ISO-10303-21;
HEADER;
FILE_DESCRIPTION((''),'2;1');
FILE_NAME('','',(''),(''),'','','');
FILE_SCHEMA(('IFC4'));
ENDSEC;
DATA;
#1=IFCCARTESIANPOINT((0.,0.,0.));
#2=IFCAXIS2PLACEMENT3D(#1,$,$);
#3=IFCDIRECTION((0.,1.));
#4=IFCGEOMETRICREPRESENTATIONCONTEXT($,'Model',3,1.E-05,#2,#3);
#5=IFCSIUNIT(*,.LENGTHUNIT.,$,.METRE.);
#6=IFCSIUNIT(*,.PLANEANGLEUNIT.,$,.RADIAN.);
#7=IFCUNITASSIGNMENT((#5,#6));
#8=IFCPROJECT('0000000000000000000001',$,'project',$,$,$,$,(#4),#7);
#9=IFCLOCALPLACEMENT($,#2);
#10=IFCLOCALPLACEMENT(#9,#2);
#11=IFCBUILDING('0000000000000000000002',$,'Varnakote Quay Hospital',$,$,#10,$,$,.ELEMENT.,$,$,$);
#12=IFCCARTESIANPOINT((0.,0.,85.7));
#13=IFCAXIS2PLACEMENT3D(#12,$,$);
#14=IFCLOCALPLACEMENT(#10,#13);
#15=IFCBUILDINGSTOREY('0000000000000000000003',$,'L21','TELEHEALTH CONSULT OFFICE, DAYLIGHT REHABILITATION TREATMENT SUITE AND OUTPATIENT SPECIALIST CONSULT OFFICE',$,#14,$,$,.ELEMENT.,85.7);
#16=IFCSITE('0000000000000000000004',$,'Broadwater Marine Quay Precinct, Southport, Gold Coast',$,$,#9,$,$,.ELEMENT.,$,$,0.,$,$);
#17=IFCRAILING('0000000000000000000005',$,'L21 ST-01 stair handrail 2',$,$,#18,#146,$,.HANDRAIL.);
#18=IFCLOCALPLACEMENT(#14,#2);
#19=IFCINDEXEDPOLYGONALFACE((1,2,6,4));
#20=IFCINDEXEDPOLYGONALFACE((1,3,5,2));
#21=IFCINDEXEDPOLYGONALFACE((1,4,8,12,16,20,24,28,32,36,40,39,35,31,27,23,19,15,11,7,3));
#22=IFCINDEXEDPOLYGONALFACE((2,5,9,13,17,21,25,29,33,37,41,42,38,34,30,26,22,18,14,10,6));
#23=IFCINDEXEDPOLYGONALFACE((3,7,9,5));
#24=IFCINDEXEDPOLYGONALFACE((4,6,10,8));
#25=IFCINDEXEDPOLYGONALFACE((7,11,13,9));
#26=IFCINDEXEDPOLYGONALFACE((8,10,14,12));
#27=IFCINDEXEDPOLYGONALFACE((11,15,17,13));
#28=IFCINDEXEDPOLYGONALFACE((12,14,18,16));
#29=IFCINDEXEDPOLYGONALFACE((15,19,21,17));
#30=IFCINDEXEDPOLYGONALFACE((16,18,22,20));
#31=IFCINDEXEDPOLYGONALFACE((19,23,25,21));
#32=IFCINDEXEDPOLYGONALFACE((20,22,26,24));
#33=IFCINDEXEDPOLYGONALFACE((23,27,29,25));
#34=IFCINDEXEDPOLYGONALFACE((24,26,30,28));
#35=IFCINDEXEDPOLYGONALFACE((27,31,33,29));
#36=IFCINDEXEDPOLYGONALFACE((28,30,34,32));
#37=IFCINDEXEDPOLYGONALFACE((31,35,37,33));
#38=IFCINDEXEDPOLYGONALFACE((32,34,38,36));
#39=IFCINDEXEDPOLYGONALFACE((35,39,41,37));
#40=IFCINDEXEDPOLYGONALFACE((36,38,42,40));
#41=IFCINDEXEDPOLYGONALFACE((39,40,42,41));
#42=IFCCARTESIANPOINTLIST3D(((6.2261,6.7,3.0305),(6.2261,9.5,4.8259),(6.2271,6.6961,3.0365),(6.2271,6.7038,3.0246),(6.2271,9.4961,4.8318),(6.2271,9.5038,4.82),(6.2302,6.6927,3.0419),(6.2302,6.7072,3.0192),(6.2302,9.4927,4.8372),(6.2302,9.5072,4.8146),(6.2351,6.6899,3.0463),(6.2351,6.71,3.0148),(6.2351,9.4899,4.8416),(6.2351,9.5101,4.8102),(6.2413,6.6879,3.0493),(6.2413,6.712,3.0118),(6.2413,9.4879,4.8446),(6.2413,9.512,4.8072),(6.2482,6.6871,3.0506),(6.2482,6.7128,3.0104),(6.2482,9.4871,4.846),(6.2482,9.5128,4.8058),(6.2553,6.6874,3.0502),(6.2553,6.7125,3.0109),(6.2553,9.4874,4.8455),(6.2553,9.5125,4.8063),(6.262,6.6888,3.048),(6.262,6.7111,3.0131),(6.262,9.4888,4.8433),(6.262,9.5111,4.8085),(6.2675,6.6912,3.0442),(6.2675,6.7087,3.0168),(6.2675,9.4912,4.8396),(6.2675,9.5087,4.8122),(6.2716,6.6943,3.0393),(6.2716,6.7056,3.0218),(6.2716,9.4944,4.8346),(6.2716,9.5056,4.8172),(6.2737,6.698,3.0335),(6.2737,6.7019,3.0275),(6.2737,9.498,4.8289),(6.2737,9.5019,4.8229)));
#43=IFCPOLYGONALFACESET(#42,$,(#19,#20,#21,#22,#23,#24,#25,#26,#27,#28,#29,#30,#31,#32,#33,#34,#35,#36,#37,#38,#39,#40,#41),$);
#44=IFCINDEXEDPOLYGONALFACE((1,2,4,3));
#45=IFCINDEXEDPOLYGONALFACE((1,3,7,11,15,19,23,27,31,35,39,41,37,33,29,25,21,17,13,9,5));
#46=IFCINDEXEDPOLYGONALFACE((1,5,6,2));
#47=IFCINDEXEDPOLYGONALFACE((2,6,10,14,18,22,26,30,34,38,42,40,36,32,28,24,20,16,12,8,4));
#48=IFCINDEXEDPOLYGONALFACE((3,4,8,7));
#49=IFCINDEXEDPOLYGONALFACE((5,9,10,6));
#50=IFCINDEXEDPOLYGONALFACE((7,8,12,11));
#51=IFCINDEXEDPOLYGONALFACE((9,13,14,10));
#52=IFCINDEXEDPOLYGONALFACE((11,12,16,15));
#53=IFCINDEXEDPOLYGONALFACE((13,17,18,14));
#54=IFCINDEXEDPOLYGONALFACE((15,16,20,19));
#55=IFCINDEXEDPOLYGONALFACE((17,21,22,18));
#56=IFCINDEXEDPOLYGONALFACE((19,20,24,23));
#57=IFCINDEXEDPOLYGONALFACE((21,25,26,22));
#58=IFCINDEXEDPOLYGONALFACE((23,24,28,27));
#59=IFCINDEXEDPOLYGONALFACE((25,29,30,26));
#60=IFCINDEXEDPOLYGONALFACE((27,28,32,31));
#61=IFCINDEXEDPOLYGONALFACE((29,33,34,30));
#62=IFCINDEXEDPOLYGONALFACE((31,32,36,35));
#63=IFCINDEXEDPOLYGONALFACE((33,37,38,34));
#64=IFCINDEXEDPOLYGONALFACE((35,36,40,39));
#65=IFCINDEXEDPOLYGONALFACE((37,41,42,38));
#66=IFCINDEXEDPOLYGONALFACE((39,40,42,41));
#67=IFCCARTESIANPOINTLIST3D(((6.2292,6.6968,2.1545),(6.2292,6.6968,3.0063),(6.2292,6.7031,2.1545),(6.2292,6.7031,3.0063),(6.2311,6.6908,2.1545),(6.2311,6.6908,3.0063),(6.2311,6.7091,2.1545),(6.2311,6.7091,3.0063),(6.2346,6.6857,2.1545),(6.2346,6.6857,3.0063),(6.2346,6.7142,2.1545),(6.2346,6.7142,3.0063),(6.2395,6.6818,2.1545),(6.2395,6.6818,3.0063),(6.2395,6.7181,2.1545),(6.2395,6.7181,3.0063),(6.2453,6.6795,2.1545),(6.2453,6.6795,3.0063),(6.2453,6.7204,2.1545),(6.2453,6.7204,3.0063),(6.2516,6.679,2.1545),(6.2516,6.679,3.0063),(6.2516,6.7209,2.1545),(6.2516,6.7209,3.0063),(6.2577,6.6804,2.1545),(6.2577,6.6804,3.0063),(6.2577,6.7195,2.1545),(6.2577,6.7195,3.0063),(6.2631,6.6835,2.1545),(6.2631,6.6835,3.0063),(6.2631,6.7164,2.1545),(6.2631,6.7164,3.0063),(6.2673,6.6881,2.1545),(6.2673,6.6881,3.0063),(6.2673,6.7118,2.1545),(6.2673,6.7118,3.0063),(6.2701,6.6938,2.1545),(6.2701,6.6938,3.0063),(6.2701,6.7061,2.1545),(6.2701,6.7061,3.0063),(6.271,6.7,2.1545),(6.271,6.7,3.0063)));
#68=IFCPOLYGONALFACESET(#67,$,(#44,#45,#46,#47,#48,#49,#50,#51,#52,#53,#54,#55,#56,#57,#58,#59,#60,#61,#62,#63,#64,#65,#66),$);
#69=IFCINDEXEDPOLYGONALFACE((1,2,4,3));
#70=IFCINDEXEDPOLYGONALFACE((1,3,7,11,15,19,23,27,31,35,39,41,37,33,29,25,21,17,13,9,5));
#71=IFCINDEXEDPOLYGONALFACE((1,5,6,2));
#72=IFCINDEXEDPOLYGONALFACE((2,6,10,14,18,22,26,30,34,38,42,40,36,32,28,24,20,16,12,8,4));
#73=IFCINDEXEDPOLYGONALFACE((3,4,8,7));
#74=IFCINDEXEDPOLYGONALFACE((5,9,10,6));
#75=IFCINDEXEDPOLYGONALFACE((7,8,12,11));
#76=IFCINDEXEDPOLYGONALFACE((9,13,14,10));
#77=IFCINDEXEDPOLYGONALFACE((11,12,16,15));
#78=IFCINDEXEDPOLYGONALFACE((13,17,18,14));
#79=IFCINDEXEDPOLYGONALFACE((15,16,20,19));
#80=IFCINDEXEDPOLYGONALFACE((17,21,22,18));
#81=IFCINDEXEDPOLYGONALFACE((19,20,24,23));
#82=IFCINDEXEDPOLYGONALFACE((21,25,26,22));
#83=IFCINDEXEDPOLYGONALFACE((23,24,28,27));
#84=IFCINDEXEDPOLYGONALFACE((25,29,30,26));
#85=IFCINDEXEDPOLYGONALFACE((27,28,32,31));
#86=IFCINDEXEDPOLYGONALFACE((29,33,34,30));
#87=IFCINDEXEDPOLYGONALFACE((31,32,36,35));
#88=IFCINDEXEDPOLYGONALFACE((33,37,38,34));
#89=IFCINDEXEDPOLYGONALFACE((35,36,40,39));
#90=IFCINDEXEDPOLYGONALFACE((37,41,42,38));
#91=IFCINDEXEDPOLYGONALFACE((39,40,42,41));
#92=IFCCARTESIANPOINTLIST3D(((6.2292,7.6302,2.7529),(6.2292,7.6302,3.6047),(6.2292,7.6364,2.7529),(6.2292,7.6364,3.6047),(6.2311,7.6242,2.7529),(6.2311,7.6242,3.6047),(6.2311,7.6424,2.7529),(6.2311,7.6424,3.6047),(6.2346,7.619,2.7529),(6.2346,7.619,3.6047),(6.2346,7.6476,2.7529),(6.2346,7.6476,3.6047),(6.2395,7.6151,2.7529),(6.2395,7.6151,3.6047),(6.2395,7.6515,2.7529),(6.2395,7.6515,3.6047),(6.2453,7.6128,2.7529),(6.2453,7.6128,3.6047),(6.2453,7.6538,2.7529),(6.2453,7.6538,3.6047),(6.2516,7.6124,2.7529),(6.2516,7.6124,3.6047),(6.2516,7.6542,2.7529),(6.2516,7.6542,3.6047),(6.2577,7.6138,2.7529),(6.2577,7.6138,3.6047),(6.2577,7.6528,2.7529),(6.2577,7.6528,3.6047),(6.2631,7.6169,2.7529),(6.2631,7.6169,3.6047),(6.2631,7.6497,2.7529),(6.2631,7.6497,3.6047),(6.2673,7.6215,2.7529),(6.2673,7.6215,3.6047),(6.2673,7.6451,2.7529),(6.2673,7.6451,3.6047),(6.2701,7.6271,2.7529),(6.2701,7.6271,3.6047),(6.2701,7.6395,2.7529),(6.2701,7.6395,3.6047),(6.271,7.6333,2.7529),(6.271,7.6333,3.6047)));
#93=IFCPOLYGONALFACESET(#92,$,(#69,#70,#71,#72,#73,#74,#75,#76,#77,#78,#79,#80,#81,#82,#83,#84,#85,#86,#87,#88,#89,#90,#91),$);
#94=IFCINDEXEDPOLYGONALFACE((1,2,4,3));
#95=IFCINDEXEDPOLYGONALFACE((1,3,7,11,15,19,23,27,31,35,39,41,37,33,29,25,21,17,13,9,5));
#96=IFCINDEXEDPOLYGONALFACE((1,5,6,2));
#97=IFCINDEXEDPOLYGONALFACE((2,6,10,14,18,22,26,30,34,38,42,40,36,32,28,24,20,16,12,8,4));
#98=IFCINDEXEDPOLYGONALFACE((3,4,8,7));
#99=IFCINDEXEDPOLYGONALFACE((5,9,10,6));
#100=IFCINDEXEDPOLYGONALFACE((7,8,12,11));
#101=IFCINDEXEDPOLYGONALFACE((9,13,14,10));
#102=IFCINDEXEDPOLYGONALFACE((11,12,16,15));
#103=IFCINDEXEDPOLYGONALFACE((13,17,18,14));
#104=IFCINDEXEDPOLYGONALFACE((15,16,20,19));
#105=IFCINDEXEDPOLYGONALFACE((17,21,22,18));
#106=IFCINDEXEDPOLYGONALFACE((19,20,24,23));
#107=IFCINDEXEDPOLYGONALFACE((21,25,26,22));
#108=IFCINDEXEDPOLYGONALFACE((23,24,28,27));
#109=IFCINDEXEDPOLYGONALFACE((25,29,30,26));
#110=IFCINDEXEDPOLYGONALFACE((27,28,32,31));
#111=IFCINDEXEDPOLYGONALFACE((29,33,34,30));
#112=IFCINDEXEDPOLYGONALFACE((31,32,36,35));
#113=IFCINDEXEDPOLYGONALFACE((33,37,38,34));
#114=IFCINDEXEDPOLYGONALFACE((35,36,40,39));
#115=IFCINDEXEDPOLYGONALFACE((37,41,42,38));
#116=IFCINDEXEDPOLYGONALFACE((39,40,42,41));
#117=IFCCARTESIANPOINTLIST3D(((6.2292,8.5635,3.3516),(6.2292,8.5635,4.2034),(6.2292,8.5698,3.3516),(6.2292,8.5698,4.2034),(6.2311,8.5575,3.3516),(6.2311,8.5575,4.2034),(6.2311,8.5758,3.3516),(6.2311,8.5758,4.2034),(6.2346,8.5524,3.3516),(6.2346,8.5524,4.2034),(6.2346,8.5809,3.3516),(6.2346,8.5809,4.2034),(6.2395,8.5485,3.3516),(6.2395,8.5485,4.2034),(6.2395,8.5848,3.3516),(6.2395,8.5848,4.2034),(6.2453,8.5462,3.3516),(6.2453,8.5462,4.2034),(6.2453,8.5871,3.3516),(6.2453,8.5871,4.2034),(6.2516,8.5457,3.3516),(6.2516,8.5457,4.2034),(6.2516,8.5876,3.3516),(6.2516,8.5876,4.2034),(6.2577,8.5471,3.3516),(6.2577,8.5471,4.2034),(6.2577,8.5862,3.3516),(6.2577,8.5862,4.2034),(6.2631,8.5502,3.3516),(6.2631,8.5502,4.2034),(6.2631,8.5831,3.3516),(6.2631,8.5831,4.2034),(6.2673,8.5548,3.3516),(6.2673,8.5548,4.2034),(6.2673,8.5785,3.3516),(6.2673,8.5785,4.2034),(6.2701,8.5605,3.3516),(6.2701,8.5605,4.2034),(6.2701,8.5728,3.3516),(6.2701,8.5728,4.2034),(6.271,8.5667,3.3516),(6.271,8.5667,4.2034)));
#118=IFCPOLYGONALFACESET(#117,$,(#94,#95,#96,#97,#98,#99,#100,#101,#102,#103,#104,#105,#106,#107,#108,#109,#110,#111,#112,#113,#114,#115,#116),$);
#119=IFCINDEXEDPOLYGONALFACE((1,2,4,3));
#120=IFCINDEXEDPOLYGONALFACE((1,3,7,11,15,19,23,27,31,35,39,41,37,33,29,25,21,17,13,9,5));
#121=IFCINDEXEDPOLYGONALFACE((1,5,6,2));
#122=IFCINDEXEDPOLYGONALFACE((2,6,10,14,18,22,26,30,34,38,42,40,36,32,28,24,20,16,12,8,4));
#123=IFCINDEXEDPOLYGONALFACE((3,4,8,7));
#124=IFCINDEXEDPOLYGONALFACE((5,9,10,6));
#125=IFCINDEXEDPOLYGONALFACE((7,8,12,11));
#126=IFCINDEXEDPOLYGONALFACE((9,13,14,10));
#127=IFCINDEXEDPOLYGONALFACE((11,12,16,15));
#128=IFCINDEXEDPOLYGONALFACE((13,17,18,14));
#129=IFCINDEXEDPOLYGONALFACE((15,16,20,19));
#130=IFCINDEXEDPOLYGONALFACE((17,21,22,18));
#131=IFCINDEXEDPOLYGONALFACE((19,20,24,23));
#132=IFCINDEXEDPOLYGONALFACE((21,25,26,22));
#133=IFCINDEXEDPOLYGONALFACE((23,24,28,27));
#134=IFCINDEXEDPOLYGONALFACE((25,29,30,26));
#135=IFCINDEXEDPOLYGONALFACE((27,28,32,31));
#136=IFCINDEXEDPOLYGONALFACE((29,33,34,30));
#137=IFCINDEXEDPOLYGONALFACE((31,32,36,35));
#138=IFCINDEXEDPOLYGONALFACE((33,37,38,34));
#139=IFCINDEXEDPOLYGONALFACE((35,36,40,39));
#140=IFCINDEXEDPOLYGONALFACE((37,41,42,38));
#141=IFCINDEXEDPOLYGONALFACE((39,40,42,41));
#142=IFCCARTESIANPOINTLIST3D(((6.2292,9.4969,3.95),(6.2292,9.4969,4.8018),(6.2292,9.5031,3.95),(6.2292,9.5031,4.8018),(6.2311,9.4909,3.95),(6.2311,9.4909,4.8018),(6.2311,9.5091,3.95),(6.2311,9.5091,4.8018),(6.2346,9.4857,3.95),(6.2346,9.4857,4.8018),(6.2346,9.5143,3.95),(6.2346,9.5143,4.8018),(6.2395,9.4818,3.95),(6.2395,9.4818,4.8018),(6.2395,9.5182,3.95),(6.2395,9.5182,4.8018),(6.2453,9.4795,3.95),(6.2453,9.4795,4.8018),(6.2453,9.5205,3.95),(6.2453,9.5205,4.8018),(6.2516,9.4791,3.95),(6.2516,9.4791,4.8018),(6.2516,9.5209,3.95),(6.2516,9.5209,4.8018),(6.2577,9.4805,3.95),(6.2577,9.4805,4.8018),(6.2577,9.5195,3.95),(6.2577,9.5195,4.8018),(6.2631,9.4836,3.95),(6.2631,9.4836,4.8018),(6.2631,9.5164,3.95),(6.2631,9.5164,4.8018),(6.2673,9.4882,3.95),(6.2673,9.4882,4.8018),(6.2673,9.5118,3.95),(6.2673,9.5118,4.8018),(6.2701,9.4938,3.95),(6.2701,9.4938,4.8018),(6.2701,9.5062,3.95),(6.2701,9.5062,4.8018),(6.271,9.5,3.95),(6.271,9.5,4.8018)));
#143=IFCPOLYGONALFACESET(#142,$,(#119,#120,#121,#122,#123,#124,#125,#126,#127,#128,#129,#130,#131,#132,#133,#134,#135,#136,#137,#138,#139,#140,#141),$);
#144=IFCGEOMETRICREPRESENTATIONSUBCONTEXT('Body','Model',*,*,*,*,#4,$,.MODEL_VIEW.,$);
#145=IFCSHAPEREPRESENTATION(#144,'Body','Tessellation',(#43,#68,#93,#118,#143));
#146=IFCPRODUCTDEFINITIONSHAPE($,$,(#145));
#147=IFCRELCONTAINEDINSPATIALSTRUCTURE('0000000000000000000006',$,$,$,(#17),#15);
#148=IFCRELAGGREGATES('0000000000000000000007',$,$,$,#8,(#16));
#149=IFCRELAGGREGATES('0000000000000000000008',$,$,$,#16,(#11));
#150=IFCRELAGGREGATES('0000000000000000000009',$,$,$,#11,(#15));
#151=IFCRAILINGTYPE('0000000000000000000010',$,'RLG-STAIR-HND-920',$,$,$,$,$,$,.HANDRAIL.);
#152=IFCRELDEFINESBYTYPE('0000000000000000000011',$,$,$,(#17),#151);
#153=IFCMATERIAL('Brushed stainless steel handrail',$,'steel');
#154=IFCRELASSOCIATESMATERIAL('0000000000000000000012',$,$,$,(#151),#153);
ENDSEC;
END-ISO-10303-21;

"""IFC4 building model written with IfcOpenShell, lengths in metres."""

from ifc_helpers import new_model, si_unit, direction, frame, origin, origin_2d, place, context, subcontext, project, spatial, circle, extrude, material, type_object, element, save


model = new_model("IFC4")

# Units and contexts
model_context = context("Model", 3, precision=1e-05, world=origin(), true_north=direction((0.0, 1.0)))
body_context = subcontext(model_context, "Body", "Model", "MODEL_VIEW")
ifc_project = project(units=[si_unit("LENGTHUNIT", "METRE"), si_unit("PLANEANGLEUNIT", "RADIAN")], contexts=[model_context])

# Site, building, storey
site_placement = place(None, origin())
site = spatial("IfcSite", under=ifc_project, at=site_placement, Name="Broadwater Marine Quay Precinct, Southport, Gold Coast", CompositionType="ELEMENT", RefElevation=0.0)
building_placement = place(site_placement, origin())
building = spatial("IfcBuilding", under=site, at=building_placement, Name="Varnakote Quay Hospital", CompositionType="ELEMENT")
storey_placement = place(building_placement, frame((0.0, 0.0, 85.7)))
storey = spatial("IfcBuildingStorey", under=building, at=storey_placement, Name="L21", Description="TELEHEALTH CONSULT OFFICE, DAYLIGHT REHABILITATION TREATMENT SUITE AND OUTPATIENT SPECIALIST CONSULT OFFICE", CompositionType="ELEMENT", Elevation=85.7)

# Railing
ifc_material_1 = material(Name="Brushed stainless steel handrail", Category="steel")
railing_type_1 = type_object("IfcRailingType", Name="RLG-STAIR-HND-920", PredefinedType="HANDRAIL", material=ifc_material_1)
railing_1_placement = place(storey_placement, frame((6.25, 6.7, 2.1545)))
element("IfcRailing", 1, at=railing_1_placement, inside=storey, type_object=railing_type_1, Name="L21 ST-01 stair handrail 2", PredefinedType="HANDRAIL", context=body_context, shape_type="SweptSolid", body=[
    extrude(circle(Radius=0.0239, at=origin_2d()), frame((0.0, 0.0, 0.876), z_axis=(0.0, 0.84181, 0.539774), x_axis=(-1.0, 0.0, 0.0)), (0.0, 0.0, 1.0), 3.3262),
    extrude(circle(Radius=0.021, at=origin_2d()), origin(), (0.0, 0.0, 1.0), 0.8518),
    extrude(circle(Radius=0.021, at=origin_2d()), frame((0.0, 0.9333, 0.5984)), (0.0, 0.0, 1.0), 0.8518),
    extrude(circle(Radius=0.021, at=origin_2d()), frame((0.0, 1.8667, 1.197)), (0.0, 0.0, 1.0), 0.8518),
    extrude(circle(Radius=0.021, at=origin_2d()), frame((0.0, 2.8, 1.7954)), (0.0, 0.0, 1.0), 0.8518),
])

save(model, "model.ifc")
